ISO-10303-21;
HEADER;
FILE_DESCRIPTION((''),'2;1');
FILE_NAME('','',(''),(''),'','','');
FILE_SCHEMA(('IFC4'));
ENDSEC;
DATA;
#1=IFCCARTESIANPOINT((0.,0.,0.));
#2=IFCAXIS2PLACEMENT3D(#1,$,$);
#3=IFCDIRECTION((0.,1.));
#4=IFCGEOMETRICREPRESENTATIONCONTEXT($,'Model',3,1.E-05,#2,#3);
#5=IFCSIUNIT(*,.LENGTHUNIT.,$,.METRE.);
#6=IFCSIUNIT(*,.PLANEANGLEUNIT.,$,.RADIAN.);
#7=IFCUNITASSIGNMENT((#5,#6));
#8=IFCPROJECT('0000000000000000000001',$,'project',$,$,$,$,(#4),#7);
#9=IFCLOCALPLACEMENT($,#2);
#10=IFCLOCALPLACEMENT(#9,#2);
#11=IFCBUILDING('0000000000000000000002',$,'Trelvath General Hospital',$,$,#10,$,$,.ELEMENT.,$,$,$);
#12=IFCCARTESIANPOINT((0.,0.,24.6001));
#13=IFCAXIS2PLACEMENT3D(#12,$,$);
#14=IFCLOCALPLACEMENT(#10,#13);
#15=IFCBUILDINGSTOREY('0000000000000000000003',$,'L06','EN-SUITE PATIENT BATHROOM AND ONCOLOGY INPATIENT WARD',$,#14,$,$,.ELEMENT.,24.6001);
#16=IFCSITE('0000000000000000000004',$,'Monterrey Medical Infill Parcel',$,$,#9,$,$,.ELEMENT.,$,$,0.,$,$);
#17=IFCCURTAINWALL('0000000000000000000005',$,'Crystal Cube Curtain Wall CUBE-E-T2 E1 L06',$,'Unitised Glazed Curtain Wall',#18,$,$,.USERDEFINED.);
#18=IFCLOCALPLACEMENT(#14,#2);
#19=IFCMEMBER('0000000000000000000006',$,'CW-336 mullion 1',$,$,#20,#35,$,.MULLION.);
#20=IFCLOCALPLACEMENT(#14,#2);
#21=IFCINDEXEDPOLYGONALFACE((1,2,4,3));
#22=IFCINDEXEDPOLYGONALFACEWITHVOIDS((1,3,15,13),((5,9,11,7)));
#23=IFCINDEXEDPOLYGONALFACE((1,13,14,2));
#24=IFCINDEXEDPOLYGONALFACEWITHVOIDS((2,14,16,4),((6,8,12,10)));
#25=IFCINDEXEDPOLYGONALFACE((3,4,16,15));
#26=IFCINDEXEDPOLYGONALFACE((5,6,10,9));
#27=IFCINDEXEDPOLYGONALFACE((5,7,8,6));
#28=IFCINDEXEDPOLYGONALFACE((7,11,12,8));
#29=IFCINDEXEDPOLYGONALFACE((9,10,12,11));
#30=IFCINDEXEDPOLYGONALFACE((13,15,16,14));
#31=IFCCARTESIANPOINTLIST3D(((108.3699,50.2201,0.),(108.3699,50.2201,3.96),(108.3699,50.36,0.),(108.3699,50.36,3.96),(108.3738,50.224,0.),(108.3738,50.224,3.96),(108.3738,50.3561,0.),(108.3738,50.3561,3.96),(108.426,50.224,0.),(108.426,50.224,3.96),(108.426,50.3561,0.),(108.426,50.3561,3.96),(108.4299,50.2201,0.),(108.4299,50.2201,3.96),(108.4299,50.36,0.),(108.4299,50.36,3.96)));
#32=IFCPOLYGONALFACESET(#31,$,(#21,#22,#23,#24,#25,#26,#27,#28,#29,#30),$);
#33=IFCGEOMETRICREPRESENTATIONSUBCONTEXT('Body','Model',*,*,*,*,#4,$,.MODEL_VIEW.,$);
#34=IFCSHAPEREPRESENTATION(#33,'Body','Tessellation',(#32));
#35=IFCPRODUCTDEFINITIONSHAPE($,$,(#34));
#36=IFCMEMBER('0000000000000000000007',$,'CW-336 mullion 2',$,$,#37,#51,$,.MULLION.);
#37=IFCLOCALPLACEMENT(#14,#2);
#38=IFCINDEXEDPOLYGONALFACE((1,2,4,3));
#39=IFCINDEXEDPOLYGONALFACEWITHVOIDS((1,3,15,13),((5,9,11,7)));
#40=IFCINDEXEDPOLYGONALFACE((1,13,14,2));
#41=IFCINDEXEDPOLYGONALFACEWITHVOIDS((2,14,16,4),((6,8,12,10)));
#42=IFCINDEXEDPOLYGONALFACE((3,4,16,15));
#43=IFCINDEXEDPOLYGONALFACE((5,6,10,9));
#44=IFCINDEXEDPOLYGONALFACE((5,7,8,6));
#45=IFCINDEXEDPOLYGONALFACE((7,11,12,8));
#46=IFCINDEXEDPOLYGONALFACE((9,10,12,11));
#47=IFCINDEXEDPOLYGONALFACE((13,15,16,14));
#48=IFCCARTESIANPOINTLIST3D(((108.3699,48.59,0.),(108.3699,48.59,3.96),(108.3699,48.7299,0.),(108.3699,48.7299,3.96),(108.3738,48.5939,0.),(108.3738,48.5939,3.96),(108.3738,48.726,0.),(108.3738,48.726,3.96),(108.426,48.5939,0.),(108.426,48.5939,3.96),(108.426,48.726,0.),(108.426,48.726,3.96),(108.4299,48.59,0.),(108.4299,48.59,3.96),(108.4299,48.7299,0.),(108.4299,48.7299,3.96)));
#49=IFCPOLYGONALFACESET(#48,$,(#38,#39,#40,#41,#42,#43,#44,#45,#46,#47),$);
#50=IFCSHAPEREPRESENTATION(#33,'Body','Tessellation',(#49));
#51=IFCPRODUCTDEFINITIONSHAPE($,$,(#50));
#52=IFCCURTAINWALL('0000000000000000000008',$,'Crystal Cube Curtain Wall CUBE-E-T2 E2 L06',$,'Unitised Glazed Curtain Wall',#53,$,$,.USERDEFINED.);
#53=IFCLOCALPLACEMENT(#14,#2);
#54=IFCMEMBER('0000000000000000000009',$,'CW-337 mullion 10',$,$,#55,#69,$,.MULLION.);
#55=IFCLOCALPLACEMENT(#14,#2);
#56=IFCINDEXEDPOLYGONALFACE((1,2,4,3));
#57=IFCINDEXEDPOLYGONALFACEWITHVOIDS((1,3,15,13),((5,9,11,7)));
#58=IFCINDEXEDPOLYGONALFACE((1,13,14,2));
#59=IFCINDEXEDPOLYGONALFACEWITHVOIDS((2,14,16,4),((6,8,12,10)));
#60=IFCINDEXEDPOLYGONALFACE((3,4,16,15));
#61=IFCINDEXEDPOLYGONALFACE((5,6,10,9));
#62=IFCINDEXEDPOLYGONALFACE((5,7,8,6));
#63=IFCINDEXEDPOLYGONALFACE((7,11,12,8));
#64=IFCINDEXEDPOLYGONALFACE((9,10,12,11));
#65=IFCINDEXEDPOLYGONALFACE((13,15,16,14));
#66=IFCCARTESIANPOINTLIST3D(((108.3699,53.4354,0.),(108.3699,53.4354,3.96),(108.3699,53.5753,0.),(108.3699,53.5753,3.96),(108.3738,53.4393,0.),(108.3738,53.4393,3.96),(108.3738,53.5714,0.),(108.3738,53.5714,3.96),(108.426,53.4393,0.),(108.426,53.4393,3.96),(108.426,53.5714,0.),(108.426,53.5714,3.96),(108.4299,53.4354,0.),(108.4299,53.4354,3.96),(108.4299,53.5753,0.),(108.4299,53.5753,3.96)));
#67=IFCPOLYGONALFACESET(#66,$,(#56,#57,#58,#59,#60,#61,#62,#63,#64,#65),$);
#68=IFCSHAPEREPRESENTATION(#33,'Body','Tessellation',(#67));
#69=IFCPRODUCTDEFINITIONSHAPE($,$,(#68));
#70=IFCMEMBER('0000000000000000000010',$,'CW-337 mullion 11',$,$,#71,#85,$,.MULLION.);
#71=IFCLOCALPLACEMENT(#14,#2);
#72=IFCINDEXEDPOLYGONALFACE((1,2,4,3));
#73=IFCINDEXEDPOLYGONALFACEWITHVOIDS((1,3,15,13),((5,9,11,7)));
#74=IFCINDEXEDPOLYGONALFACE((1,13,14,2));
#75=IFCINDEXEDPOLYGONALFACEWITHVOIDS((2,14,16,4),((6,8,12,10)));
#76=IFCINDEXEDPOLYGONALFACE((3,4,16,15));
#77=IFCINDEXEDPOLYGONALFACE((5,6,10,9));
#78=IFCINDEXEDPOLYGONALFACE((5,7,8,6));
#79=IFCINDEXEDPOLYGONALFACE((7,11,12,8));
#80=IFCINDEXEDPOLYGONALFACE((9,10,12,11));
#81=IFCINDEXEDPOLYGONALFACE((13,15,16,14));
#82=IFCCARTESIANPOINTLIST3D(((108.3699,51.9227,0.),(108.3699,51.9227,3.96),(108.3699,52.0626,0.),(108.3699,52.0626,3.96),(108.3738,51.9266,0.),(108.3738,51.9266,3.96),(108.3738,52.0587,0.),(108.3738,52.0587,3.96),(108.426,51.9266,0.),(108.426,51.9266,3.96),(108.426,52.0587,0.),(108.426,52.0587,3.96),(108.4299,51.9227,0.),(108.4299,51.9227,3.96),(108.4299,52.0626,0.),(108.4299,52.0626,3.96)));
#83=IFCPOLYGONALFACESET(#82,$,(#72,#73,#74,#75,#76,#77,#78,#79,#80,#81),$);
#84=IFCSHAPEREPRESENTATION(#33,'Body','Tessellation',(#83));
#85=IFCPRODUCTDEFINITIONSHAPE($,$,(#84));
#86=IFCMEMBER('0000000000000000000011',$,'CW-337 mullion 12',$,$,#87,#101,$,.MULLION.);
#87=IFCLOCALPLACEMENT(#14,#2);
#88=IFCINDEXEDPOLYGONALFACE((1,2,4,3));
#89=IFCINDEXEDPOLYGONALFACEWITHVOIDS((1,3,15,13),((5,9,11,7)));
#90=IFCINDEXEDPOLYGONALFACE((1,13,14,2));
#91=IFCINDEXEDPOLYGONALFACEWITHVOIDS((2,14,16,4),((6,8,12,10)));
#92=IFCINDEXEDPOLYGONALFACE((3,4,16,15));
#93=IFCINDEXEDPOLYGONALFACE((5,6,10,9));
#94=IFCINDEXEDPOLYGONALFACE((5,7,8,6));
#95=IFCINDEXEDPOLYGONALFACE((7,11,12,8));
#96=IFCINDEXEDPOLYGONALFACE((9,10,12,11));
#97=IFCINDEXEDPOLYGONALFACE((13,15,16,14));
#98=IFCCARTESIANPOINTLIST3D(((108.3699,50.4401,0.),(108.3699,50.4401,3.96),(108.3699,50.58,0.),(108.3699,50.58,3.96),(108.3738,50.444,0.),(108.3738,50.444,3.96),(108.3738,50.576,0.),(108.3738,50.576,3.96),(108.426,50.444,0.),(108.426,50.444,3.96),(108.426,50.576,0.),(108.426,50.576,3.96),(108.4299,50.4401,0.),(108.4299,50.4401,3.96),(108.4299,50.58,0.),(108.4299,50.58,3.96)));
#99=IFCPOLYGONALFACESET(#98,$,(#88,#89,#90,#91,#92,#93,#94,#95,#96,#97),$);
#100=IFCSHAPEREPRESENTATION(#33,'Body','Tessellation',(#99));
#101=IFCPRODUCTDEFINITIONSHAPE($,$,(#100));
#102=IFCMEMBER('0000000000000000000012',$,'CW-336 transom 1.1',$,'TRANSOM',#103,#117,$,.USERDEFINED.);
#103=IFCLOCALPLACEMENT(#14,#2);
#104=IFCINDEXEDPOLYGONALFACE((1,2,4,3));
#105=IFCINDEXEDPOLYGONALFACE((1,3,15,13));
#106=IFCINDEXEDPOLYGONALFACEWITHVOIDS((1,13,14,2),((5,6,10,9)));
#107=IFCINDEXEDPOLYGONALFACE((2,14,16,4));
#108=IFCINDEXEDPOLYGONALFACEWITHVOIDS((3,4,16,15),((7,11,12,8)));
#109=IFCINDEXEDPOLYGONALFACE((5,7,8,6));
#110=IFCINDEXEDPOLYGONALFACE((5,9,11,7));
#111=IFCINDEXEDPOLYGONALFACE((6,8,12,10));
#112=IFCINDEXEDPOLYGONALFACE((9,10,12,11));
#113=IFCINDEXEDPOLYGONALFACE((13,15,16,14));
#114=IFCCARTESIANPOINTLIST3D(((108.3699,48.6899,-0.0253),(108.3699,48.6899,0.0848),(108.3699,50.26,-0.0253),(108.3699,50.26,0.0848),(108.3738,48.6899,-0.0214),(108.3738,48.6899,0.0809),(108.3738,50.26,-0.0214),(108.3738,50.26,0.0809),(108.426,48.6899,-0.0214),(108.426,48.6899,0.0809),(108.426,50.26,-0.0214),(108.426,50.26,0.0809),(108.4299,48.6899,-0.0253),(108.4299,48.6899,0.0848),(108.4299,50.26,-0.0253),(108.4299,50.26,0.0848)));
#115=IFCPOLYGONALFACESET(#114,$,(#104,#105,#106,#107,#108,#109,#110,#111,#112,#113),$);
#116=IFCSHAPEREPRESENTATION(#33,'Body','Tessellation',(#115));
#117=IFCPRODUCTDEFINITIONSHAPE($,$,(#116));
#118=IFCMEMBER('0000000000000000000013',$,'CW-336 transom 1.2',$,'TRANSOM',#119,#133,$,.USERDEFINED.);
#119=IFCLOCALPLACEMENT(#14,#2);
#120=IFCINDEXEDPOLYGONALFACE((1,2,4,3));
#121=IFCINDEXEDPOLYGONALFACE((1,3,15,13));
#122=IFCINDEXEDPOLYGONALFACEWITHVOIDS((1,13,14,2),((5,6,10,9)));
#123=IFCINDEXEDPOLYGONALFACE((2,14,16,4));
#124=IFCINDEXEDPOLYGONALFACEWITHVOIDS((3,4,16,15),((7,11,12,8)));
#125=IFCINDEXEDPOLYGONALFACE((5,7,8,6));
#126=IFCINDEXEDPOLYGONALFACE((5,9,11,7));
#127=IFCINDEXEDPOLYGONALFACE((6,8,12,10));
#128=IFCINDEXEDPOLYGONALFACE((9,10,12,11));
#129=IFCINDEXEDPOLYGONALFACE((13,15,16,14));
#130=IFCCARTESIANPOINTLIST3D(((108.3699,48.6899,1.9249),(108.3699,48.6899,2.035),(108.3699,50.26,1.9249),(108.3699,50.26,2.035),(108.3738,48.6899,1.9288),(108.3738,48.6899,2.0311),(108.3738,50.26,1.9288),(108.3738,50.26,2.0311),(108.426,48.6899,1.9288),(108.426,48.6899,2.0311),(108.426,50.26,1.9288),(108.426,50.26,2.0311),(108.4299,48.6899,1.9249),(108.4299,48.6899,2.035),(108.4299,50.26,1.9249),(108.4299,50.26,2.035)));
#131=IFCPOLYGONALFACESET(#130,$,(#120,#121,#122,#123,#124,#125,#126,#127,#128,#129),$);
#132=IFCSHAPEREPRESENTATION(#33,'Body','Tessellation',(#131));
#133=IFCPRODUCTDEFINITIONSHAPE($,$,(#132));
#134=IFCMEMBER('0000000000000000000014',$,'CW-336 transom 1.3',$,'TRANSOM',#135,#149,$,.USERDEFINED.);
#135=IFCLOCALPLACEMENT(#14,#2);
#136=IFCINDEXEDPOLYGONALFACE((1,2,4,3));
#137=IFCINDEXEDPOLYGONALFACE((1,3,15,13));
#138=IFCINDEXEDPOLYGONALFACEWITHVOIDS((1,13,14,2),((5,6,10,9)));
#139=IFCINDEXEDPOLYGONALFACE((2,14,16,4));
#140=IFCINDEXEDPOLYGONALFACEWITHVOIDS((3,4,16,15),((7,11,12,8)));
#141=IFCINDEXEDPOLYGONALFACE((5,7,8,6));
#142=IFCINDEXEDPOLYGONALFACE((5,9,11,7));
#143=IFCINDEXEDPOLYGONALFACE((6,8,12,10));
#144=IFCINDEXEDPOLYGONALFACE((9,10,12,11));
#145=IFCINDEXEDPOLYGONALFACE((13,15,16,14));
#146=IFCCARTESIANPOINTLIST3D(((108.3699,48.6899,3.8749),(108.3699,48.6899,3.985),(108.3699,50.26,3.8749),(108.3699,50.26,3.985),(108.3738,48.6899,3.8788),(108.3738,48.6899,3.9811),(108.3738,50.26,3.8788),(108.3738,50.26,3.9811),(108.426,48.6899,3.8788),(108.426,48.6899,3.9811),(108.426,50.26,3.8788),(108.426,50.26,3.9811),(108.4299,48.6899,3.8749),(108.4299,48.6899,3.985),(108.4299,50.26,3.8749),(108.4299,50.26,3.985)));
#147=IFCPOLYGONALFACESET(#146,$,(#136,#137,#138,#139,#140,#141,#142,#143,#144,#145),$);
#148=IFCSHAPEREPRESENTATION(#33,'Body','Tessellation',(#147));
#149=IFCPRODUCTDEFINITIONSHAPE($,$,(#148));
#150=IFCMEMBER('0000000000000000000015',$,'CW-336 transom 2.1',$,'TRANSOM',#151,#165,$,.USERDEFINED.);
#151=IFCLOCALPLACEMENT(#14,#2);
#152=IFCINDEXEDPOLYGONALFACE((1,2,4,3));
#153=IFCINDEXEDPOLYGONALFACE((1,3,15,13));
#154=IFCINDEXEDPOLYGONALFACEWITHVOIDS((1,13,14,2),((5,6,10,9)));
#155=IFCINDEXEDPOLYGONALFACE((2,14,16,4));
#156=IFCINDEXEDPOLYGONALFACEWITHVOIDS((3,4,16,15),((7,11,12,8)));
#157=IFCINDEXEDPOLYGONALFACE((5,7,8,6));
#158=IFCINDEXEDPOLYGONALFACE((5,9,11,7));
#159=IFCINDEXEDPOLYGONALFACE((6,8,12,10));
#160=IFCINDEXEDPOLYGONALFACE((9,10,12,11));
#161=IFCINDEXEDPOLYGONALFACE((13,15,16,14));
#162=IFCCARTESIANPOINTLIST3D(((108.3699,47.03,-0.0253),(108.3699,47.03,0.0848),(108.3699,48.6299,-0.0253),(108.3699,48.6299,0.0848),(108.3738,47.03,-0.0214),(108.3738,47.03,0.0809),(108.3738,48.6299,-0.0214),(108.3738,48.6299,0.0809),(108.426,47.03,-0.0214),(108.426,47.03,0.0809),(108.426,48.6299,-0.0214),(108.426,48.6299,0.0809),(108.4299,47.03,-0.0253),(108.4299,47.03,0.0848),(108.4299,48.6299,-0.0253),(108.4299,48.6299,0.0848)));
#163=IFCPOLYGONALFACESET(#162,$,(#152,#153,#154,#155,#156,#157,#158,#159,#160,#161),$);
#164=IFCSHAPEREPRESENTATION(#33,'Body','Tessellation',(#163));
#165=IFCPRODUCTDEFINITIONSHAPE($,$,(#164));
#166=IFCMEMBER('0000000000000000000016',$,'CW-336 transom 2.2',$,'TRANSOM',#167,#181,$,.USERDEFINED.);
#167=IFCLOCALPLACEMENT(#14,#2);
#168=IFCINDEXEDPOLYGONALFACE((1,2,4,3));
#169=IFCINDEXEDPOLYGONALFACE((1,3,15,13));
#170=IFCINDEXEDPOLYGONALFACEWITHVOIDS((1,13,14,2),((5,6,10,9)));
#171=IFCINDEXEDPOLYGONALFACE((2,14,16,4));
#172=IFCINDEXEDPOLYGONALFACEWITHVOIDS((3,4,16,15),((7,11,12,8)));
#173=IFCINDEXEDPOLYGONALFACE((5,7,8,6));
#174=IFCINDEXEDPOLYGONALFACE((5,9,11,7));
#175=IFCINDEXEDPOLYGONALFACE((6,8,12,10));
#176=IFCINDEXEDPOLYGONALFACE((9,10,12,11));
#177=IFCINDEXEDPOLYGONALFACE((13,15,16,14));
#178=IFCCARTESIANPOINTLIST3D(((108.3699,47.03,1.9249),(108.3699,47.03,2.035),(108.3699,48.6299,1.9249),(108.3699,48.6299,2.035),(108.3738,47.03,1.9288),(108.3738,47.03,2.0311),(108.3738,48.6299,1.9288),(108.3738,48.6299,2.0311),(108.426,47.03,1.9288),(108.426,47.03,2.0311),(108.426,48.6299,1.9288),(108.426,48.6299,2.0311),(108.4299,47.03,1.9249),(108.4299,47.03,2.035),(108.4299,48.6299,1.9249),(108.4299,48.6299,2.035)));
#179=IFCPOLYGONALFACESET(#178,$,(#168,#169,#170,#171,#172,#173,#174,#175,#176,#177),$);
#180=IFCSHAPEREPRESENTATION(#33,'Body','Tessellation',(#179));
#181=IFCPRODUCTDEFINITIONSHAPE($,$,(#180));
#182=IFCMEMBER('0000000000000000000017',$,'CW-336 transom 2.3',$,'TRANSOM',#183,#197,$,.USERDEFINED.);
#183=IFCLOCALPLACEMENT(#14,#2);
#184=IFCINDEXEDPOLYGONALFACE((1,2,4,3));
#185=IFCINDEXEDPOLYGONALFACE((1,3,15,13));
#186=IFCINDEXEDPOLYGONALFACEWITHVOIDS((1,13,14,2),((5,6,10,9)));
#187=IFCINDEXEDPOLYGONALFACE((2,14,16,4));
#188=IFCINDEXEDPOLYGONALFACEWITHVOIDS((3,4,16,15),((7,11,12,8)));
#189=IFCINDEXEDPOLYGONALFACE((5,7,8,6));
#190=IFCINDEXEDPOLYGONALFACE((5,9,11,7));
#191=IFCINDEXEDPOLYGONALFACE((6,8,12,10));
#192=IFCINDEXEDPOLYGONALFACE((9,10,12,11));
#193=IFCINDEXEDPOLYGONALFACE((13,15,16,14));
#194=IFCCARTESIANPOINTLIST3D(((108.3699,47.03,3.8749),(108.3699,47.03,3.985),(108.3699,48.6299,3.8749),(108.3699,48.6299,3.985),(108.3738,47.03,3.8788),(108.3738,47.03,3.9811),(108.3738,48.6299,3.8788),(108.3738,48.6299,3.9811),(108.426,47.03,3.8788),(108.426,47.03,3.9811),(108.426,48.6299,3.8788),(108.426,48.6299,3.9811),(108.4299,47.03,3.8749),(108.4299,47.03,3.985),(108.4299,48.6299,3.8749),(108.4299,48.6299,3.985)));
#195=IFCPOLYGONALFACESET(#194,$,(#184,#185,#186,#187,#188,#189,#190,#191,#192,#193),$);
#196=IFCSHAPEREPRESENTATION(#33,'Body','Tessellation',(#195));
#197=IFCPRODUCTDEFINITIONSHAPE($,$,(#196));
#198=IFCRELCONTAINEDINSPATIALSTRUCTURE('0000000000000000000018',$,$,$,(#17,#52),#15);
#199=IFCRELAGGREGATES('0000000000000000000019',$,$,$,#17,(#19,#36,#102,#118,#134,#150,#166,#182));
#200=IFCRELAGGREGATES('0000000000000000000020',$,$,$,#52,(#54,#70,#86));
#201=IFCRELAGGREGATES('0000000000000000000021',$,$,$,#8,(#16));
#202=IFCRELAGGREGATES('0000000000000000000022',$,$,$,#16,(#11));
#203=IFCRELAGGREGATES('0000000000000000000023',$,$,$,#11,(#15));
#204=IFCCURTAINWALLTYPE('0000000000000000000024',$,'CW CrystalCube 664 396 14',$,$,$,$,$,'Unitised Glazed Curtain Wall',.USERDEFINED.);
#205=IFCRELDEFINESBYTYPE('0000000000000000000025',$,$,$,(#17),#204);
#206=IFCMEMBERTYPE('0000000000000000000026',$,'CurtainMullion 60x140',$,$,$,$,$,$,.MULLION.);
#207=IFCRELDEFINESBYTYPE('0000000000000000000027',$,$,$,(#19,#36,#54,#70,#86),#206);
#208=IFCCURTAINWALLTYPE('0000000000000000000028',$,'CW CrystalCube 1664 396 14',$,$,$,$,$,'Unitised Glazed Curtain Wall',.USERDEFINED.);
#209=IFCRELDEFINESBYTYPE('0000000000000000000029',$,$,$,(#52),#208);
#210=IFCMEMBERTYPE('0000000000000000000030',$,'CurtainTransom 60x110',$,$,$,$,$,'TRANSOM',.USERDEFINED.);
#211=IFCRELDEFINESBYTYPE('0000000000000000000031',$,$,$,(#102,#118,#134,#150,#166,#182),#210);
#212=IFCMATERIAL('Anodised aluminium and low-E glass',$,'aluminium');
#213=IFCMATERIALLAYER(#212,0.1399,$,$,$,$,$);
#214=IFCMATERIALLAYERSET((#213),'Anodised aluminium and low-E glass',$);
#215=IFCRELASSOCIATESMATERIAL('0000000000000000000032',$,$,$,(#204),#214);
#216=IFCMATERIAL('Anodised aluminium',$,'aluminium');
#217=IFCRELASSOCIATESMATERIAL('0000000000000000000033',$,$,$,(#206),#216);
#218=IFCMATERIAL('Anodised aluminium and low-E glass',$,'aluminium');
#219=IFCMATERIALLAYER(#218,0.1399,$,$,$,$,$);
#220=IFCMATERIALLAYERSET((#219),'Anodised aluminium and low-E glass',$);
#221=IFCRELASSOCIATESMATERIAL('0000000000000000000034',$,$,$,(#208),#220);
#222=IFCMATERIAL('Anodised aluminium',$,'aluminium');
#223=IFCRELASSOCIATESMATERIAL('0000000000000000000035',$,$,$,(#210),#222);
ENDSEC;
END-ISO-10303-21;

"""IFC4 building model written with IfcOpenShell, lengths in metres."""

from ifc_helpers import new_model, si_unit, direction, frame, origin, origin_2d, place, context, subcontext, project, spatial, hollow_rectangle, extrude, material, layer, layer_set, material_profile, profile_set, type_object, element, aggregate, save


model = new_model("IFC4")

# Units and contexts
model_context = context("Model", 3, precision=1e-05, world=origin(), true_north=direction((0.0, 1.0)))
body_context = subcontext(model_context, "Body", "Model", "MODEL_VIEW")
ifc_project = project(units=[si_unit("LENGTHUNIT", "METRE"), si_unit("PLANEANGLEUNIT", "RADIAN")], contexts=[model_context])

# Site, building, storey
site_placement = place(None, origin())
site = spatial("IfcSite", under=ifc_project, at=site_placement, Name="Monterrey Medical Infill Parcel", CompositionType="ELEMENT", RefElevation=0.0)
building_placement = place(site_placement, origin())
building = spatial("IfcBuilding", under=site, at=building_placement, Name="Trelvath General Hospital", CompositionType="ELEMENT")
storey_placement = place(building_placement, frame((0.0, 0.0, 24.6001)))
storey = spatial("IfcBuildingStorey", under=building, at=storey_placement, Name="L06", Description="EN-SUITE PATIENT BATHROOM AND ONCOLOGY INPATIENT WARD", CompositionType="ELEMENT", Elevation=24.6001)

# Curtain walls, members
ifc_material_1 = material(Name="Anodised aluminium and low-E glass", Category="aluminium")
ifc_layer_1 = layer(ifc_material_1, 0.1399)
ifc_layer_set_1 = layer_set([ifc_layer_1], Name="Anodised aluminium and low-E glass")
curtain_wall_type_1 = type_object("IfcCurtainWallType", Name="CW CrystalCube 664 396 14", ElementType="Unitised Glazed Curtain Wall", PredefinedType="USERDEFINED", material=ifc_layer_set_1)
curtain_wall_1_placement = place(storey_placement, origin())
curtain_wall_1 = element("IfcCurtainWall", 1, at=curtain_wall_1_placement, inside=storey, type_object=curtain_wall_type_1, Name="Crystal Cube Curtain Wall CUBE-E-T2 E1 L06", ObjectType="Unitised Glazed Curtain Wall", PredefinedType="USERDEFINED")
ifc_material_2 = material(Name="Anodised aluminium", Category="aluminium")
ifc_material_profile_1 = material_profile(ifc_material_2, hollow_rectangle(XDim=0.0601, YDim=0.1399, WallThickness=0.0039, at=origin_2d()), Name="RHS60x140x4")
ifc_profile_set_1 = profile_set([ifc_material_profile_1], Name="Anodised aluminium")
member_type_1 = type_object("IfcMemberType", Name="CurtainMullion 60x140", PredefinedType="MULLION", material=ifc_profile_set_1)
member_1_placement = place(storey_placement, frame((108.3999, 50.29, 0.0), z_axis=(0.0, 0.0, 1.0), x_axis=(1.0, 0.0, 0.0)))
member_1 = element("IfcMember", 2, at=member_1_placement, type_object=member_type_1, Name="CW-336 mullion 1", PredefinedType="MULLION", context=body_context, shape_type="SweptSolid", body=[
    extrude(hollow_rectangle(XDim=0.0601, YDim=0.1399, WallThickness=0.0039, at=origin_2d()), origin(), (0.0, 0.0, 1.0), 3.96),
])
member_2_placement = place(storey_placement, frame((108.3999, 48.6599, 0.0), z_axis=(0.0, 0.0, 1.0), x_axis=(1.0, 0.0, 0.0)))
member_2 = element("IfcMember", 3, at=member_2_placement, type_object=member_type_1, Name="CW-336 mullion 2", PredefinedType="MULLION", context=body_context, shape_type="SweptSolid", body=[
    extrude(hollow_rectangle(XDim=0.0601, YDim=0.1399, WallThickness=0.0039, at=origin_2d()), origin(), (0.0, 0.0, 1.0), 3.96),
])
ifc_material_3 = material(Name="Anodised aluminium and low-E glass", Category="aluminium")
ifc_layer_2 = layer(ifc_material_3, 0.1399)
ifc_layer_set_2 = layer_set([ifc_layer_2], Name="Anodised aluminium and low-E glass")
curtain_wall_type_2 = type_object("IfcCurtainWallType", Name="CW CrystalCube 1664 396 14", ElementType="Unitised Glazed Curtain Wall", PredefinedType="USERDEFINED", material=ifc_layer_set_2)
curtain_wall_2_placement = place(storey_placement, origin())
curtain_wall_2 = element("IfcCurtainWall", 4, at=curtain_wall_2_placement, inside=storey, type_object=curtain_wall_type_2, Name="Crystal Cube Curtain Wall CUBE-E-T2 E2 L06", ObjectType="Unitised Glazed Curtain Wall", PredefinedType="USERDEFINED")
member_3_placement = place(storey_placement, frame((108.3999, 53.5054, 0.0), z_axis=(0.0, 0.0, 1.0), x_axis=(1.0, 0.0, 0.0)))
member_3 = element("IfcMember", 5, at=member_3_placement, type_object=member_type_1, Name="CW-337 mullion 10", PredefinedType="MULLION", context=body_context, shape_type="SweptSolid", body=[
    extrude(hollow_rectangle(XDim=0.0601, YDim=0.1399, WallThickness=0.0039, at=origin_2d()), origin(), (0.0, 0.0, 1.0), 3.96),
])
member_4_placement = place(storey_placement, frame((108.3999, 51.9927, 0.0), z_axis=(0.0, 0.0, 1.0), x_axis=(1.0, 0.0, 0.0)))
member_4 = element("IfcMember", 6, at=member_4_placement, type_object=member_type_1, Name="CW-337 mullion 11", PredefinedType="MULLION", context=body_context, shape_type="SweptSolid", body=[
    extrude(hollow_rectangle(XDim=0.0601, YDim=0.1399, WallThickness=0.0039, at=origin_2d()), origin(), (0.0, 0.0, 1.0), 3.96),
])
member_5_placement = place(storey_placement, frame((108.3999, 50.51, 0.0), z_axis=(0.0, 0.0, 1.0), x_axis=(1.0, 0.0, 0.0)))
member_5 = element("IfcMember", 7, at=member_5_placement, type_object=member_type_1, Name="CW-337 mullion 12", PredefinedType="MULLION", context=body_context, shape_type="SweptSolid", body=[
    extrude(hollow_rectangle(XDim=0.0601, YDim=0.1399, WallThickness=0.0039, at=origin_2d()), origin(), (0.0, 0.0, 1.0), 3.96),
])

# Members
ifc_material_4 = material(Name="Anodised aluminium", Category="aluminium")
ifc_material_profile_2 = material_profile(ifc_material_4, hollow_rectangle(XDim=0.0601, YDim=0.1101, WallThickness=0.0039, at=origin_2d()), Name="RHS60x110x4")
ifc_profile_set_2 = profile_set([ifc_material_profile_2], Name="Anodised aluminium")
member_type_2 = type_object("IfcMemberType", Name="CurtainTransom 60x110", ElementType="TRANSOM", PredefinedType="USERDEFINED", material=ifc_profile_set_2)
member_6_placement = place(storey_placement, frame((108.3999, 50.26, 0.0298), z_axis=(0.0, -1.0, 0.0), x_axis=(1.0, 0.0, 0.0)))
member_6 = element("IfcMember", 8, at=member_6_placement, type_object=member_type_2, Name="CW-336 transom 1.1", ObjectType="TRANSOM", PredefinedType="USERDEFINED", context=body_context, shape_type="SweptSolid", body=[
    extrude(hollow_rectangle(XDim=0.0601, YDim=0.1101, WallThickness=0.0039, at=origin_2d()), origin(), (0.0, 0.0, 1.0), 1.5701),
])
member_7_placement = place(storey_placement, frame((108.3999, 50.26, 1.98), z_axis=(0.0, -1.0, 0.0), x_axis=(1.0, 0.0, 0.0)))
member_7 = element("IfcMember", 9, at=member_7_placement, type_object=member_type_2, Name="CW-336 transom 1.2", ObjectType="TRANSOM", PredefinedType="USERDEFINED", context=body_context, shape_type="SweptSolid", body=[
    extrude(hollow_rectangle(XDim=0.0601, YDim=0.1101, WallThickness=0.0039, at=origin_2d()), origin(), (0.0, 0.0, 1.0), 1.5701),
])
member_8_placement = place(storey_placement, frame((108.3999, 50.26, 3.9299), z_axis=(0.0, -1.0, 0.0), x_axis=(1.0, 0.0, 0.0)))
member_8 = element("IfcMember", 10, at=member_8_placement, type_object=member_type_2, Name="CW-336 transom 1.3", ObjectType="TRANSOM", PredefinedType="USERDEFINED", context=body_context, shape_type="SweptSolid", body=[
    extrude(hollow_rectangle(XDim=0.0601, YDim=0.1101, WallThickness=0.0039, at=origin_2d()), origin(), (0.0, 0.0, 1.0), 1.5701),
])
member_9_placement = place(storey_placement, frame((108.3999, 48.6299, 0.0298), z_axis=(0.0, -1.0, 0.0), x_axis=(1.0, 0.0, 0.0)))
member_9 = element("IfcMember", 11, at=member_9_placement, type_object=member_type_2, Name="CW-336 transom 2.1", ObjectType="TRANSOM", PredefinedType="USERDEFINED", context=body_context, shape_type="SweptSolid", body=[
    extrude(hollow_rectangle(XDim=0.0601, YDim=0.1101, WallThickness=0.0039, at=origin_2d()), origin(), (0.0, 0.0, 1.0), 1.5999),
])
member_10_placement = place(storey_placement, frame((108.3999, 48.6299, 1.98), z_axis=(0.0, -1.0, 0.0), x_axis=(1.0, 0.0, 0.0)))
member_10 = element("IfcMember", 12, at=member_10_placement, type_object=member_type_2, Name="CW-336 transom 2.2", ObjectType="TRANSOM", PredefinedType="USERDEFINED", context=body_context, shape_type="SweptSolid", body=[
    extrude(hollow_rectangle(XDim=0.0601, YDim=0.1101, WallThickness=0.0039, at=origin_2d()), origin(), (0.0, 0.0, 1.0), 1.5999),
])
member_11_placement = place(storey_placement, frame((108.3999, 48.6299, 3.9299), z_axis=(0.0, -1.0, 0.0), x_axis=(1.0, 0.0, 0.0)))
member_11 = element("IfcMember", 13, at=member_11_placement, type_object=member_type_2, Name="CW-336 transom 2.3", ObjectType="TRANSOM", PredefinedType="USERDEFINED", context=body_context, shape_type="SweptSolid", body=[
    extrude(hollow_rectangle(XDim=0.0601, YDim=0.1101, WallThickness=0.0039, at=origin_2d()), origin(), (0.0, 0.0, 1.0), 1.5999),
])

aggregate(curtain_wall_1, [member_1, member_2, member_6, member_7, member_8, member_9, member_10, member_11])
aggregate(curtain_wall_2, [member_3, member_4, member_5])

save(model, "model.ifc")
